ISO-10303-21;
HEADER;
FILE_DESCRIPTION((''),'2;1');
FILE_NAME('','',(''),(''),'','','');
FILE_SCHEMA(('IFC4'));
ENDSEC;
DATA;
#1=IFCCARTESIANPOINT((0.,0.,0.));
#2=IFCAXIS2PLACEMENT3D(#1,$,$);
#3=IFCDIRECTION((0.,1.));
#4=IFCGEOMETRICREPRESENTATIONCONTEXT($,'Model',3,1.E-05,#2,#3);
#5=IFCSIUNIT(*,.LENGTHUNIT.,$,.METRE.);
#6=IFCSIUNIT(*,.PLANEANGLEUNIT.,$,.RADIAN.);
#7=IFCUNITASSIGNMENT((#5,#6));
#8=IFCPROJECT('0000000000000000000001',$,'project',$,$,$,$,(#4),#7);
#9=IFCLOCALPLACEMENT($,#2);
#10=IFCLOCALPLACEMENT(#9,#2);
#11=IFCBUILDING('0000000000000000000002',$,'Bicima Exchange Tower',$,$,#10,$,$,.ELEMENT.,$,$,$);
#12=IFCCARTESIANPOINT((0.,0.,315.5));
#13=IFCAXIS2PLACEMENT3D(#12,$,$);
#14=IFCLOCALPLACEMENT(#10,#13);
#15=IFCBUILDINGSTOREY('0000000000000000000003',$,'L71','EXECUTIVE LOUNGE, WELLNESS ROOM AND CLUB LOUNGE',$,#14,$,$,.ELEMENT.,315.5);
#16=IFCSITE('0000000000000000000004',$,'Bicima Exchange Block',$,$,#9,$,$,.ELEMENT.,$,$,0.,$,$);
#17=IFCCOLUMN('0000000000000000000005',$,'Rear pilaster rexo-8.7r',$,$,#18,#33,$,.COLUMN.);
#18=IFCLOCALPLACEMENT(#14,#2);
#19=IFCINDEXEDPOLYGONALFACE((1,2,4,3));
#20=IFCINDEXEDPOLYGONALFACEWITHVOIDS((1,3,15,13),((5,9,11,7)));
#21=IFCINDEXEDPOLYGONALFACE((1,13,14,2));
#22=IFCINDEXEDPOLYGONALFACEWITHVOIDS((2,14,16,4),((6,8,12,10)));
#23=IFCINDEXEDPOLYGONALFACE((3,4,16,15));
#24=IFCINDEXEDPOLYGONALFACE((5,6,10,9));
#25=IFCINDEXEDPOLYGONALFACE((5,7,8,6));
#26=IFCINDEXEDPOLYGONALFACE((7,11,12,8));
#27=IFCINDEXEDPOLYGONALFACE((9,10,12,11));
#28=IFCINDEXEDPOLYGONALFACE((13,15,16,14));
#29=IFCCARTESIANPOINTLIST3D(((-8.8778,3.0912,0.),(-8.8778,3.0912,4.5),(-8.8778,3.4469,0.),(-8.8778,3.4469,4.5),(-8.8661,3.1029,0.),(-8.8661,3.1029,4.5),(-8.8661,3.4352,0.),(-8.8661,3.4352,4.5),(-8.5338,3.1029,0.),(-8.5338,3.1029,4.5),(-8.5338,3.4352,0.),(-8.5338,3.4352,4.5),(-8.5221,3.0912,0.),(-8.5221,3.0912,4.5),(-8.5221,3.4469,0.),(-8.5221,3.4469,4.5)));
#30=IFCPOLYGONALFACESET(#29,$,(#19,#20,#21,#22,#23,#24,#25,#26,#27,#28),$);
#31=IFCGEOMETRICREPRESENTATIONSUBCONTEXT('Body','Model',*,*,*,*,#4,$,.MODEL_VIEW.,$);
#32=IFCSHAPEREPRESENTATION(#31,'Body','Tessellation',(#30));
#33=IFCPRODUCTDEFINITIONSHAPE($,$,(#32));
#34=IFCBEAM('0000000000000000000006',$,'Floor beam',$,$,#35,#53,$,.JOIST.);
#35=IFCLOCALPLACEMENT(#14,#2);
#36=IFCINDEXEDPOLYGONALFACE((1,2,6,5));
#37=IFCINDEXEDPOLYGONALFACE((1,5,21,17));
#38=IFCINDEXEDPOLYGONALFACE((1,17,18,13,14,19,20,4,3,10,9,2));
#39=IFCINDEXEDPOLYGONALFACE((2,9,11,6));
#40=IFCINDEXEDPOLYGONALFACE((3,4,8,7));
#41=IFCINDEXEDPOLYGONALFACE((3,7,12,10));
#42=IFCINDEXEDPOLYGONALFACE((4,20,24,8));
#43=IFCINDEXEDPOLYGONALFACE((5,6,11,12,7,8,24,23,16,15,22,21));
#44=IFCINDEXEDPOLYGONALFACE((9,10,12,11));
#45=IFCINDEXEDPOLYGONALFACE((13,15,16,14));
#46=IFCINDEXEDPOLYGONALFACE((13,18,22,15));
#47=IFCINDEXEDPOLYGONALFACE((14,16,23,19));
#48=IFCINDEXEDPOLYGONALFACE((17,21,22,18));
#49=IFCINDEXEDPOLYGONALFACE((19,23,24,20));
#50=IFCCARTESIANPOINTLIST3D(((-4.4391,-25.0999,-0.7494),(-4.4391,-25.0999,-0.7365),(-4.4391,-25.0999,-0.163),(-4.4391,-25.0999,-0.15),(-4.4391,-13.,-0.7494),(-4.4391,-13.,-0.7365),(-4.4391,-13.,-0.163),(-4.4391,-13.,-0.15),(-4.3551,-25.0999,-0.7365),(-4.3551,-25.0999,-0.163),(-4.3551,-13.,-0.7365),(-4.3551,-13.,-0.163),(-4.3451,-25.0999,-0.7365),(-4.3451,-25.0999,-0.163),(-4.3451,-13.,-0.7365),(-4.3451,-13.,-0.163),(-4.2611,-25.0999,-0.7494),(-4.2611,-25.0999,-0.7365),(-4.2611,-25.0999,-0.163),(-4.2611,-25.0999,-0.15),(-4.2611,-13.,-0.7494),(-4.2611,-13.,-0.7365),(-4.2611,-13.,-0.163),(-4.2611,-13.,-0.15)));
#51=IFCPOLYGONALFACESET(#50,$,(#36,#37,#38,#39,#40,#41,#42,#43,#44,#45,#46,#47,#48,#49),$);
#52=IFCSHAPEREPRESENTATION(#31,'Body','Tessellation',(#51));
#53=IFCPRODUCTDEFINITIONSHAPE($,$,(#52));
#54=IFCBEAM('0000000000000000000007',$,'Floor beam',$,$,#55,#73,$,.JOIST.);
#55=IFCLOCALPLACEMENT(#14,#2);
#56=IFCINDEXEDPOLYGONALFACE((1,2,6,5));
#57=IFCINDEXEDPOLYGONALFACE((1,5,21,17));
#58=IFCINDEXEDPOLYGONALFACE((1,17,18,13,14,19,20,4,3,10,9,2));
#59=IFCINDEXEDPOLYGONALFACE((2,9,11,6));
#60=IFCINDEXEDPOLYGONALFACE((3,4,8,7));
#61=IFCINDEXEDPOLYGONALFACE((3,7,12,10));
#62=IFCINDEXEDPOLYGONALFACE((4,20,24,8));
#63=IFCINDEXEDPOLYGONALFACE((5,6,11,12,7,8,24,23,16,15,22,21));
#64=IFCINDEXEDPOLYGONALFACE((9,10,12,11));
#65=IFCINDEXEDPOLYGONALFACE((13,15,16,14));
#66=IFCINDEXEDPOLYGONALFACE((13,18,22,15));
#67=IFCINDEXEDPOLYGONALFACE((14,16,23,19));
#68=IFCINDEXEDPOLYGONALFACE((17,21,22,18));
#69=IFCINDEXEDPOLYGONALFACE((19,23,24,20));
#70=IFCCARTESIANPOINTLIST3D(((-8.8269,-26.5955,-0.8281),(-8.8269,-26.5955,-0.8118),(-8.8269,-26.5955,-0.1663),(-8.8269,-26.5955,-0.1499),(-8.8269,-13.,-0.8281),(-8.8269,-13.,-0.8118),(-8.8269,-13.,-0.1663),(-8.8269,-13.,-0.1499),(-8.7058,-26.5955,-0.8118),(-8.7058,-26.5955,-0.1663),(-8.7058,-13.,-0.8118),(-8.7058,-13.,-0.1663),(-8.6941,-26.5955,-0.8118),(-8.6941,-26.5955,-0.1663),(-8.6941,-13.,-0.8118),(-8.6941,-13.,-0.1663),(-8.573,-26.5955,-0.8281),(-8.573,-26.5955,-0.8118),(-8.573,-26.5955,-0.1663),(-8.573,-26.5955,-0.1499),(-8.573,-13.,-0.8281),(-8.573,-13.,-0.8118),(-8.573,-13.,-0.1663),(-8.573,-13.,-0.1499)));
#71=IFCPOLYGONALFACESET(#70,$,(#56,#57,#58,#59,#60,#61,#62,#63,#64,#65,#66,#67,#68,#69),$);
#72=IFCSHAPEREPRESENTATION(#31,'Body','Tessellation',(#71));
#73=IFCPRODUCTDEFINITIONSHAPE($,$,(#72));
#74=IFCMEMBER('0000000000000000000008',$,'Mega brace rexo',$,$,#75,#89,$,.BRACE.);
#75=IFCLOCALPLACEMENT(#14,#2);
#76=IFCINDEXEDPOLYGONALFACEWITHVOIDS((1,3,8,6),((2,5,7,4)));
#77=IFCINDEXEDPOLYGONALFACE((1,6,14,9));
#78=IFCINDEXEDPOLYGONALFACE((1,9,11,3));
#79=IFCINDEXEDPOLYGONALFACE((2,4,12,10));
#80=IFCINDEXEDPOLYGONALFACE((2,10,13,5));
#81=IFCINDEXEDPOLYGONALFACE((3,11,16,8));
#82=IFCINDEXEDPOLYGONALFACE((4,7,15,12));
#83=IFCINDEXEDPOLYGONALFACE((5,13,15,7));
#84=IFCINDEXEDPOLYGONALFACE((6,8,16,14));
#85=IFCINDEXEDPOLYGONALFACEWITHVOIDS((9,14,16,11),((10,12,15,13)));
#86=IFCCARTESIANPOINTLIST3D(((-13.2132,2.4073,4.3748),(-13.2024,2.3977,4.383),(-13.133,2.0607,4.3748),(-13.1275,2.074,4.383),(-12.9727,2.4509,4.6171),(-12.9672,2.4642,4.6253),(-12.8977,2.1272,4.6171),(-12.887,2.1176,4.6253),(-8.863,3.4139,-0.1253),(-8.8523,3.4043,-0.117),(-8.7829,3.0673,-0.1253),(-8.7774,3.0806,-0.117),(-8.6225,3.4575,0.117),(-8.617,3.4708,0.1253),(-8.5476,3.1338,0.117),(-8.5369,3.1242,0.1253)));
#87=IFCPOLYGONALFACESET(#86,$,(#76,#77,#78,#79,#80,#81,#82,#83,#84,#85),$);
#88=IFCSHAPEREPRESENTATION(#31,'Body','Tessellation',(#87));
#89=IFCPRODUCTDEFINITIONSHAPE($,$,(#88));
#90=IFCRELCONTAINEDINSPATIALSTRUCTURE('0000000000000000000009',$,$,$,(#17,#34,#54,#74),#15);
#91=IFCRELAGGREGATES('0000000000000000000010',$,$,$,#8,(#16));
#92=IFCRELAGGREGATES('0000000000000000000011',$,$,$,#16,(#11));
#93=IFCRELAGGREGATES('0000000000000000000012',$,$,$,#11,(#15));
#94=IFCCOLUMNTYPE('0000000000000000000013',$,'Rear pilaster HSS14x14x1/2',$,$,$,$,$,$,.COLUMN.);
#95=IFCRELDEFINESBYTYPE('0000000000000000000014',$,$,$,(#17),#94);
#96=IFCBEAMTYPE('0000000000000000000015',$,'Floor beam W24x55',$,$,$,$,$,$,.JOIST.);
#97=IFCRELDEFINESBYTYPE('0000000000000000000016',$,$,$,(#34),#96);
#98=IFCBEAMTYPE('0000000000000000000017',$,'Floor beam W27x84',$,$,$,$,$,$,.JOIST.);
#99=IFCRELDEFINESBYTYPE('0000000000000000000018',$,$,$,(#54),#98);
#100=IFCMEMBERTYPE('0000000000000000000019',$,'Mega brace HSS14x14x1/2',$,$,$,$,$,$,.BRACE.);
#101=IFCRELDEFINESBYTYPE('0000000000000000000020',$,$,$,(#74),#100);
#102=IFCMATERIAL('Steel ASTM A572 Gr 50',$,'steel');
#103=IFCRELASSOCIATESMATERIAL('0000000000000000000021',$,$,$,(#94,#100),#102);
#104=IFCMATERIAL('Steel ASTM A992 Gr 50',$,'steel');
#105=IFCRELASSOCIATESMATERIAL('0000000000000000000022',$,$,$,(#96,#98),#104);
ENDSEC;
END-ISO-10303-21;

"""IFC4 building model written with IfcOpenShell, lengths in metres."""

from ifc_helpers import new_model, si_unit, direction, frame, origin, origin_2d, place, context, subcontext, project, spatial, hollow_rectangle, i_section, extrude, material, material_profile, profile_set, type_object, element, save


model = new_model("IFC4")

# Units and contexts
model_context = context("Model", 3, precision=1e-05, world=origin(), true_north=direction((0.0, 1.0)))
body_context = subcontext(model_context, "Body", "Model", "MODEL_VIEW")
ifc_project = project(units=[si_unit("LENGTHUNIT", "METRE"), si_unit("PLANEANGLEUNIT", "RADIAN")], contexts=[model_context])

# Site, building, storey
site_placement = place(None, origin())
site = spatial("IfcSite", under=ifc_project, at=site_placement, Name="Bicima Exchange Block", CompositionType="ELEMENT", RefElevation=0.0)
building_placement = place(site_placement, origin())
building = spatial("IfcBuilding", under=site, at=building_placement, Name="Bicima Exchange Tower", CompositionType="ELEMENT")
storey_placement = place(building_placement, frame((0.0, 0.0, 315.5)))
storey = spatial("IfcBuildingStorey", under=building, at=storey_placement, Name="L71", Description="EXECUTIVE LOUNGE, WELLNESS ROOM AND CLUB LOUNGE", CompositionType="ELEMENT", Elevation=315.5)

# Column
ifc_material_1 = material(Name="Steel ASTM A572 Gr 50", Category="steel")
ifc_material_profile_1 = material_profile(ifc_material_1, hollow_rectangle(XDim=0.3557, YDim=0.3557, WallThickness=0.0117, at=origin_2d()))
ifc_profile_set_1 = profile_set([ifc_material_profile_1], Name="Steel ASTM A572 Gr 50")
column_type = type_object("IfcColumnType", Name="Rear pilaster HSS14x14x1/2", PredefinedType="COLUMN", material=ifc_profile_set_1)
column_placement = place(storey_placement, frame((-8.7, 3.269, 0.0), z_axis=(0.0, 0.0, 1.0), x_axis=(1.0, 0.0, 0.0)))
element("IfcColumn", 1, at=column_placement, inside=storey, type_object=column_type, Name="Rear pilaster rexo-8.7r", PredefinedType="COLUMN", context=body_context, shape_type="SweptSolid", body=[
    extrude(hollow_rectangle(XDim=0.3557, YDim=0.3557, WallThickness=0.0117, at=origin_2d()), origin(), (0.0, 0.0, 1.0), 4.5),
])

# Beams
ifc_material_2 = material(Name="Steel ASTM A992 Gr 50", Category="steel")
ifc_material_profile_2 = material_profile(ifc_material_2, i_section(OverallWidth=0.178, OverallDepth=0.5994, WebThickness=0.01, FlangeThickness=0.0129, at=origin_2d()))
ifc_profile_set_2 = profile_set([ifc_material_profile_2], Name="Steel ASTM A992 Gr 50")
beam_type_1 = type_object("IfcBeamType", Name="Floor beam W24x55", PredefinedType="JOIST", material=ifc_profile_set_2)
beam_1_placement = place(storey_placement, frame((-4.3501, -13.0, -0.4497), z_axis=(0.0, -1.0, 0.0), x_axis=(1.0, 0.0, 0.0)))
element("IfcBeam", 2, at=beam_1_placement, inside=storey, type_object=beam_type_1, Name="Floor beam", PredefinedType="JOIST", context=body_context, shape_type="SweptSolid", body=[
    extrude(i_section(OverallWidth=0.178, OverallDepth=0.5994, WebThickness=0.01, FlangeThickness=0.0129, at=origin_2d()), origin(), (0.0, 0.0, 1.0), 12.0999),
])
ifc_material_profile_3 = material_profile(ifc_material_2, i_section(OverallWidth=0.2539, OverallDepth=0.6782, WebThickness=0.0117, FlangeThickness=0.0164, at=origin_2d()))
ifc_profile_set_3 = profile_set([ifc_material_profile_3], Name="Steel ASTM A992 Gr 50")
beam_type_2 = type_object("IfcBeamType", Name="Floor beam W27x84", PredefinedType="JOIST", material=ifc_profile_set_3)
beam_2_placement = place(storey_placement, frame((-8.7, -13.0, -0.489), z_axis=(0.0, -1.0, 0.0), x_axis=(1.0, 0.0, 0.0)))
element("IfcBeam", 3, at=beam_2_placement, inside=storey, type_object=beam_type_2, Name="Floor beam", PredefinedType="JOIST", context=body_context, shape_type="SweptSolid", body=[
    extrude(i_section(OverallWidth=0.2539, OverallDepth=0.6782, WebThickness=0.0117, FlangeThickness=0.0164, at=origin_2d()), origin(), (0.0, 0.0, 1.0), 13.5955),
])

# Member
member_type = type_object("IfcMemberType", Name="Mega brace HSS14x14x1/2", PredefinedType="BRACE", material=ifc_profile_set_1)
member_placement = place(storey_placement, frame((-8.7, 3.269, 0.0), z_axis=(-0.686212, -0.158786, 0.709859), x_axis=(0.225439, -0.974257, 0.0)))
element("IfcMember", 4, at=member_placement, inside=storey, type_object=member_type, Name="Mega brace rexo", PredefinedType="BRACE", context=body_context, shape_type="SweptSolid", body=[
    extrude(hollow_rectangle(XDim=0.3557, YDim=0.3557, WallThickness=0.0117, at=origin_2d()), origin(), (0.0, 0.0, 1.0), 6.3394),
])

save(model, "model.ifc")
